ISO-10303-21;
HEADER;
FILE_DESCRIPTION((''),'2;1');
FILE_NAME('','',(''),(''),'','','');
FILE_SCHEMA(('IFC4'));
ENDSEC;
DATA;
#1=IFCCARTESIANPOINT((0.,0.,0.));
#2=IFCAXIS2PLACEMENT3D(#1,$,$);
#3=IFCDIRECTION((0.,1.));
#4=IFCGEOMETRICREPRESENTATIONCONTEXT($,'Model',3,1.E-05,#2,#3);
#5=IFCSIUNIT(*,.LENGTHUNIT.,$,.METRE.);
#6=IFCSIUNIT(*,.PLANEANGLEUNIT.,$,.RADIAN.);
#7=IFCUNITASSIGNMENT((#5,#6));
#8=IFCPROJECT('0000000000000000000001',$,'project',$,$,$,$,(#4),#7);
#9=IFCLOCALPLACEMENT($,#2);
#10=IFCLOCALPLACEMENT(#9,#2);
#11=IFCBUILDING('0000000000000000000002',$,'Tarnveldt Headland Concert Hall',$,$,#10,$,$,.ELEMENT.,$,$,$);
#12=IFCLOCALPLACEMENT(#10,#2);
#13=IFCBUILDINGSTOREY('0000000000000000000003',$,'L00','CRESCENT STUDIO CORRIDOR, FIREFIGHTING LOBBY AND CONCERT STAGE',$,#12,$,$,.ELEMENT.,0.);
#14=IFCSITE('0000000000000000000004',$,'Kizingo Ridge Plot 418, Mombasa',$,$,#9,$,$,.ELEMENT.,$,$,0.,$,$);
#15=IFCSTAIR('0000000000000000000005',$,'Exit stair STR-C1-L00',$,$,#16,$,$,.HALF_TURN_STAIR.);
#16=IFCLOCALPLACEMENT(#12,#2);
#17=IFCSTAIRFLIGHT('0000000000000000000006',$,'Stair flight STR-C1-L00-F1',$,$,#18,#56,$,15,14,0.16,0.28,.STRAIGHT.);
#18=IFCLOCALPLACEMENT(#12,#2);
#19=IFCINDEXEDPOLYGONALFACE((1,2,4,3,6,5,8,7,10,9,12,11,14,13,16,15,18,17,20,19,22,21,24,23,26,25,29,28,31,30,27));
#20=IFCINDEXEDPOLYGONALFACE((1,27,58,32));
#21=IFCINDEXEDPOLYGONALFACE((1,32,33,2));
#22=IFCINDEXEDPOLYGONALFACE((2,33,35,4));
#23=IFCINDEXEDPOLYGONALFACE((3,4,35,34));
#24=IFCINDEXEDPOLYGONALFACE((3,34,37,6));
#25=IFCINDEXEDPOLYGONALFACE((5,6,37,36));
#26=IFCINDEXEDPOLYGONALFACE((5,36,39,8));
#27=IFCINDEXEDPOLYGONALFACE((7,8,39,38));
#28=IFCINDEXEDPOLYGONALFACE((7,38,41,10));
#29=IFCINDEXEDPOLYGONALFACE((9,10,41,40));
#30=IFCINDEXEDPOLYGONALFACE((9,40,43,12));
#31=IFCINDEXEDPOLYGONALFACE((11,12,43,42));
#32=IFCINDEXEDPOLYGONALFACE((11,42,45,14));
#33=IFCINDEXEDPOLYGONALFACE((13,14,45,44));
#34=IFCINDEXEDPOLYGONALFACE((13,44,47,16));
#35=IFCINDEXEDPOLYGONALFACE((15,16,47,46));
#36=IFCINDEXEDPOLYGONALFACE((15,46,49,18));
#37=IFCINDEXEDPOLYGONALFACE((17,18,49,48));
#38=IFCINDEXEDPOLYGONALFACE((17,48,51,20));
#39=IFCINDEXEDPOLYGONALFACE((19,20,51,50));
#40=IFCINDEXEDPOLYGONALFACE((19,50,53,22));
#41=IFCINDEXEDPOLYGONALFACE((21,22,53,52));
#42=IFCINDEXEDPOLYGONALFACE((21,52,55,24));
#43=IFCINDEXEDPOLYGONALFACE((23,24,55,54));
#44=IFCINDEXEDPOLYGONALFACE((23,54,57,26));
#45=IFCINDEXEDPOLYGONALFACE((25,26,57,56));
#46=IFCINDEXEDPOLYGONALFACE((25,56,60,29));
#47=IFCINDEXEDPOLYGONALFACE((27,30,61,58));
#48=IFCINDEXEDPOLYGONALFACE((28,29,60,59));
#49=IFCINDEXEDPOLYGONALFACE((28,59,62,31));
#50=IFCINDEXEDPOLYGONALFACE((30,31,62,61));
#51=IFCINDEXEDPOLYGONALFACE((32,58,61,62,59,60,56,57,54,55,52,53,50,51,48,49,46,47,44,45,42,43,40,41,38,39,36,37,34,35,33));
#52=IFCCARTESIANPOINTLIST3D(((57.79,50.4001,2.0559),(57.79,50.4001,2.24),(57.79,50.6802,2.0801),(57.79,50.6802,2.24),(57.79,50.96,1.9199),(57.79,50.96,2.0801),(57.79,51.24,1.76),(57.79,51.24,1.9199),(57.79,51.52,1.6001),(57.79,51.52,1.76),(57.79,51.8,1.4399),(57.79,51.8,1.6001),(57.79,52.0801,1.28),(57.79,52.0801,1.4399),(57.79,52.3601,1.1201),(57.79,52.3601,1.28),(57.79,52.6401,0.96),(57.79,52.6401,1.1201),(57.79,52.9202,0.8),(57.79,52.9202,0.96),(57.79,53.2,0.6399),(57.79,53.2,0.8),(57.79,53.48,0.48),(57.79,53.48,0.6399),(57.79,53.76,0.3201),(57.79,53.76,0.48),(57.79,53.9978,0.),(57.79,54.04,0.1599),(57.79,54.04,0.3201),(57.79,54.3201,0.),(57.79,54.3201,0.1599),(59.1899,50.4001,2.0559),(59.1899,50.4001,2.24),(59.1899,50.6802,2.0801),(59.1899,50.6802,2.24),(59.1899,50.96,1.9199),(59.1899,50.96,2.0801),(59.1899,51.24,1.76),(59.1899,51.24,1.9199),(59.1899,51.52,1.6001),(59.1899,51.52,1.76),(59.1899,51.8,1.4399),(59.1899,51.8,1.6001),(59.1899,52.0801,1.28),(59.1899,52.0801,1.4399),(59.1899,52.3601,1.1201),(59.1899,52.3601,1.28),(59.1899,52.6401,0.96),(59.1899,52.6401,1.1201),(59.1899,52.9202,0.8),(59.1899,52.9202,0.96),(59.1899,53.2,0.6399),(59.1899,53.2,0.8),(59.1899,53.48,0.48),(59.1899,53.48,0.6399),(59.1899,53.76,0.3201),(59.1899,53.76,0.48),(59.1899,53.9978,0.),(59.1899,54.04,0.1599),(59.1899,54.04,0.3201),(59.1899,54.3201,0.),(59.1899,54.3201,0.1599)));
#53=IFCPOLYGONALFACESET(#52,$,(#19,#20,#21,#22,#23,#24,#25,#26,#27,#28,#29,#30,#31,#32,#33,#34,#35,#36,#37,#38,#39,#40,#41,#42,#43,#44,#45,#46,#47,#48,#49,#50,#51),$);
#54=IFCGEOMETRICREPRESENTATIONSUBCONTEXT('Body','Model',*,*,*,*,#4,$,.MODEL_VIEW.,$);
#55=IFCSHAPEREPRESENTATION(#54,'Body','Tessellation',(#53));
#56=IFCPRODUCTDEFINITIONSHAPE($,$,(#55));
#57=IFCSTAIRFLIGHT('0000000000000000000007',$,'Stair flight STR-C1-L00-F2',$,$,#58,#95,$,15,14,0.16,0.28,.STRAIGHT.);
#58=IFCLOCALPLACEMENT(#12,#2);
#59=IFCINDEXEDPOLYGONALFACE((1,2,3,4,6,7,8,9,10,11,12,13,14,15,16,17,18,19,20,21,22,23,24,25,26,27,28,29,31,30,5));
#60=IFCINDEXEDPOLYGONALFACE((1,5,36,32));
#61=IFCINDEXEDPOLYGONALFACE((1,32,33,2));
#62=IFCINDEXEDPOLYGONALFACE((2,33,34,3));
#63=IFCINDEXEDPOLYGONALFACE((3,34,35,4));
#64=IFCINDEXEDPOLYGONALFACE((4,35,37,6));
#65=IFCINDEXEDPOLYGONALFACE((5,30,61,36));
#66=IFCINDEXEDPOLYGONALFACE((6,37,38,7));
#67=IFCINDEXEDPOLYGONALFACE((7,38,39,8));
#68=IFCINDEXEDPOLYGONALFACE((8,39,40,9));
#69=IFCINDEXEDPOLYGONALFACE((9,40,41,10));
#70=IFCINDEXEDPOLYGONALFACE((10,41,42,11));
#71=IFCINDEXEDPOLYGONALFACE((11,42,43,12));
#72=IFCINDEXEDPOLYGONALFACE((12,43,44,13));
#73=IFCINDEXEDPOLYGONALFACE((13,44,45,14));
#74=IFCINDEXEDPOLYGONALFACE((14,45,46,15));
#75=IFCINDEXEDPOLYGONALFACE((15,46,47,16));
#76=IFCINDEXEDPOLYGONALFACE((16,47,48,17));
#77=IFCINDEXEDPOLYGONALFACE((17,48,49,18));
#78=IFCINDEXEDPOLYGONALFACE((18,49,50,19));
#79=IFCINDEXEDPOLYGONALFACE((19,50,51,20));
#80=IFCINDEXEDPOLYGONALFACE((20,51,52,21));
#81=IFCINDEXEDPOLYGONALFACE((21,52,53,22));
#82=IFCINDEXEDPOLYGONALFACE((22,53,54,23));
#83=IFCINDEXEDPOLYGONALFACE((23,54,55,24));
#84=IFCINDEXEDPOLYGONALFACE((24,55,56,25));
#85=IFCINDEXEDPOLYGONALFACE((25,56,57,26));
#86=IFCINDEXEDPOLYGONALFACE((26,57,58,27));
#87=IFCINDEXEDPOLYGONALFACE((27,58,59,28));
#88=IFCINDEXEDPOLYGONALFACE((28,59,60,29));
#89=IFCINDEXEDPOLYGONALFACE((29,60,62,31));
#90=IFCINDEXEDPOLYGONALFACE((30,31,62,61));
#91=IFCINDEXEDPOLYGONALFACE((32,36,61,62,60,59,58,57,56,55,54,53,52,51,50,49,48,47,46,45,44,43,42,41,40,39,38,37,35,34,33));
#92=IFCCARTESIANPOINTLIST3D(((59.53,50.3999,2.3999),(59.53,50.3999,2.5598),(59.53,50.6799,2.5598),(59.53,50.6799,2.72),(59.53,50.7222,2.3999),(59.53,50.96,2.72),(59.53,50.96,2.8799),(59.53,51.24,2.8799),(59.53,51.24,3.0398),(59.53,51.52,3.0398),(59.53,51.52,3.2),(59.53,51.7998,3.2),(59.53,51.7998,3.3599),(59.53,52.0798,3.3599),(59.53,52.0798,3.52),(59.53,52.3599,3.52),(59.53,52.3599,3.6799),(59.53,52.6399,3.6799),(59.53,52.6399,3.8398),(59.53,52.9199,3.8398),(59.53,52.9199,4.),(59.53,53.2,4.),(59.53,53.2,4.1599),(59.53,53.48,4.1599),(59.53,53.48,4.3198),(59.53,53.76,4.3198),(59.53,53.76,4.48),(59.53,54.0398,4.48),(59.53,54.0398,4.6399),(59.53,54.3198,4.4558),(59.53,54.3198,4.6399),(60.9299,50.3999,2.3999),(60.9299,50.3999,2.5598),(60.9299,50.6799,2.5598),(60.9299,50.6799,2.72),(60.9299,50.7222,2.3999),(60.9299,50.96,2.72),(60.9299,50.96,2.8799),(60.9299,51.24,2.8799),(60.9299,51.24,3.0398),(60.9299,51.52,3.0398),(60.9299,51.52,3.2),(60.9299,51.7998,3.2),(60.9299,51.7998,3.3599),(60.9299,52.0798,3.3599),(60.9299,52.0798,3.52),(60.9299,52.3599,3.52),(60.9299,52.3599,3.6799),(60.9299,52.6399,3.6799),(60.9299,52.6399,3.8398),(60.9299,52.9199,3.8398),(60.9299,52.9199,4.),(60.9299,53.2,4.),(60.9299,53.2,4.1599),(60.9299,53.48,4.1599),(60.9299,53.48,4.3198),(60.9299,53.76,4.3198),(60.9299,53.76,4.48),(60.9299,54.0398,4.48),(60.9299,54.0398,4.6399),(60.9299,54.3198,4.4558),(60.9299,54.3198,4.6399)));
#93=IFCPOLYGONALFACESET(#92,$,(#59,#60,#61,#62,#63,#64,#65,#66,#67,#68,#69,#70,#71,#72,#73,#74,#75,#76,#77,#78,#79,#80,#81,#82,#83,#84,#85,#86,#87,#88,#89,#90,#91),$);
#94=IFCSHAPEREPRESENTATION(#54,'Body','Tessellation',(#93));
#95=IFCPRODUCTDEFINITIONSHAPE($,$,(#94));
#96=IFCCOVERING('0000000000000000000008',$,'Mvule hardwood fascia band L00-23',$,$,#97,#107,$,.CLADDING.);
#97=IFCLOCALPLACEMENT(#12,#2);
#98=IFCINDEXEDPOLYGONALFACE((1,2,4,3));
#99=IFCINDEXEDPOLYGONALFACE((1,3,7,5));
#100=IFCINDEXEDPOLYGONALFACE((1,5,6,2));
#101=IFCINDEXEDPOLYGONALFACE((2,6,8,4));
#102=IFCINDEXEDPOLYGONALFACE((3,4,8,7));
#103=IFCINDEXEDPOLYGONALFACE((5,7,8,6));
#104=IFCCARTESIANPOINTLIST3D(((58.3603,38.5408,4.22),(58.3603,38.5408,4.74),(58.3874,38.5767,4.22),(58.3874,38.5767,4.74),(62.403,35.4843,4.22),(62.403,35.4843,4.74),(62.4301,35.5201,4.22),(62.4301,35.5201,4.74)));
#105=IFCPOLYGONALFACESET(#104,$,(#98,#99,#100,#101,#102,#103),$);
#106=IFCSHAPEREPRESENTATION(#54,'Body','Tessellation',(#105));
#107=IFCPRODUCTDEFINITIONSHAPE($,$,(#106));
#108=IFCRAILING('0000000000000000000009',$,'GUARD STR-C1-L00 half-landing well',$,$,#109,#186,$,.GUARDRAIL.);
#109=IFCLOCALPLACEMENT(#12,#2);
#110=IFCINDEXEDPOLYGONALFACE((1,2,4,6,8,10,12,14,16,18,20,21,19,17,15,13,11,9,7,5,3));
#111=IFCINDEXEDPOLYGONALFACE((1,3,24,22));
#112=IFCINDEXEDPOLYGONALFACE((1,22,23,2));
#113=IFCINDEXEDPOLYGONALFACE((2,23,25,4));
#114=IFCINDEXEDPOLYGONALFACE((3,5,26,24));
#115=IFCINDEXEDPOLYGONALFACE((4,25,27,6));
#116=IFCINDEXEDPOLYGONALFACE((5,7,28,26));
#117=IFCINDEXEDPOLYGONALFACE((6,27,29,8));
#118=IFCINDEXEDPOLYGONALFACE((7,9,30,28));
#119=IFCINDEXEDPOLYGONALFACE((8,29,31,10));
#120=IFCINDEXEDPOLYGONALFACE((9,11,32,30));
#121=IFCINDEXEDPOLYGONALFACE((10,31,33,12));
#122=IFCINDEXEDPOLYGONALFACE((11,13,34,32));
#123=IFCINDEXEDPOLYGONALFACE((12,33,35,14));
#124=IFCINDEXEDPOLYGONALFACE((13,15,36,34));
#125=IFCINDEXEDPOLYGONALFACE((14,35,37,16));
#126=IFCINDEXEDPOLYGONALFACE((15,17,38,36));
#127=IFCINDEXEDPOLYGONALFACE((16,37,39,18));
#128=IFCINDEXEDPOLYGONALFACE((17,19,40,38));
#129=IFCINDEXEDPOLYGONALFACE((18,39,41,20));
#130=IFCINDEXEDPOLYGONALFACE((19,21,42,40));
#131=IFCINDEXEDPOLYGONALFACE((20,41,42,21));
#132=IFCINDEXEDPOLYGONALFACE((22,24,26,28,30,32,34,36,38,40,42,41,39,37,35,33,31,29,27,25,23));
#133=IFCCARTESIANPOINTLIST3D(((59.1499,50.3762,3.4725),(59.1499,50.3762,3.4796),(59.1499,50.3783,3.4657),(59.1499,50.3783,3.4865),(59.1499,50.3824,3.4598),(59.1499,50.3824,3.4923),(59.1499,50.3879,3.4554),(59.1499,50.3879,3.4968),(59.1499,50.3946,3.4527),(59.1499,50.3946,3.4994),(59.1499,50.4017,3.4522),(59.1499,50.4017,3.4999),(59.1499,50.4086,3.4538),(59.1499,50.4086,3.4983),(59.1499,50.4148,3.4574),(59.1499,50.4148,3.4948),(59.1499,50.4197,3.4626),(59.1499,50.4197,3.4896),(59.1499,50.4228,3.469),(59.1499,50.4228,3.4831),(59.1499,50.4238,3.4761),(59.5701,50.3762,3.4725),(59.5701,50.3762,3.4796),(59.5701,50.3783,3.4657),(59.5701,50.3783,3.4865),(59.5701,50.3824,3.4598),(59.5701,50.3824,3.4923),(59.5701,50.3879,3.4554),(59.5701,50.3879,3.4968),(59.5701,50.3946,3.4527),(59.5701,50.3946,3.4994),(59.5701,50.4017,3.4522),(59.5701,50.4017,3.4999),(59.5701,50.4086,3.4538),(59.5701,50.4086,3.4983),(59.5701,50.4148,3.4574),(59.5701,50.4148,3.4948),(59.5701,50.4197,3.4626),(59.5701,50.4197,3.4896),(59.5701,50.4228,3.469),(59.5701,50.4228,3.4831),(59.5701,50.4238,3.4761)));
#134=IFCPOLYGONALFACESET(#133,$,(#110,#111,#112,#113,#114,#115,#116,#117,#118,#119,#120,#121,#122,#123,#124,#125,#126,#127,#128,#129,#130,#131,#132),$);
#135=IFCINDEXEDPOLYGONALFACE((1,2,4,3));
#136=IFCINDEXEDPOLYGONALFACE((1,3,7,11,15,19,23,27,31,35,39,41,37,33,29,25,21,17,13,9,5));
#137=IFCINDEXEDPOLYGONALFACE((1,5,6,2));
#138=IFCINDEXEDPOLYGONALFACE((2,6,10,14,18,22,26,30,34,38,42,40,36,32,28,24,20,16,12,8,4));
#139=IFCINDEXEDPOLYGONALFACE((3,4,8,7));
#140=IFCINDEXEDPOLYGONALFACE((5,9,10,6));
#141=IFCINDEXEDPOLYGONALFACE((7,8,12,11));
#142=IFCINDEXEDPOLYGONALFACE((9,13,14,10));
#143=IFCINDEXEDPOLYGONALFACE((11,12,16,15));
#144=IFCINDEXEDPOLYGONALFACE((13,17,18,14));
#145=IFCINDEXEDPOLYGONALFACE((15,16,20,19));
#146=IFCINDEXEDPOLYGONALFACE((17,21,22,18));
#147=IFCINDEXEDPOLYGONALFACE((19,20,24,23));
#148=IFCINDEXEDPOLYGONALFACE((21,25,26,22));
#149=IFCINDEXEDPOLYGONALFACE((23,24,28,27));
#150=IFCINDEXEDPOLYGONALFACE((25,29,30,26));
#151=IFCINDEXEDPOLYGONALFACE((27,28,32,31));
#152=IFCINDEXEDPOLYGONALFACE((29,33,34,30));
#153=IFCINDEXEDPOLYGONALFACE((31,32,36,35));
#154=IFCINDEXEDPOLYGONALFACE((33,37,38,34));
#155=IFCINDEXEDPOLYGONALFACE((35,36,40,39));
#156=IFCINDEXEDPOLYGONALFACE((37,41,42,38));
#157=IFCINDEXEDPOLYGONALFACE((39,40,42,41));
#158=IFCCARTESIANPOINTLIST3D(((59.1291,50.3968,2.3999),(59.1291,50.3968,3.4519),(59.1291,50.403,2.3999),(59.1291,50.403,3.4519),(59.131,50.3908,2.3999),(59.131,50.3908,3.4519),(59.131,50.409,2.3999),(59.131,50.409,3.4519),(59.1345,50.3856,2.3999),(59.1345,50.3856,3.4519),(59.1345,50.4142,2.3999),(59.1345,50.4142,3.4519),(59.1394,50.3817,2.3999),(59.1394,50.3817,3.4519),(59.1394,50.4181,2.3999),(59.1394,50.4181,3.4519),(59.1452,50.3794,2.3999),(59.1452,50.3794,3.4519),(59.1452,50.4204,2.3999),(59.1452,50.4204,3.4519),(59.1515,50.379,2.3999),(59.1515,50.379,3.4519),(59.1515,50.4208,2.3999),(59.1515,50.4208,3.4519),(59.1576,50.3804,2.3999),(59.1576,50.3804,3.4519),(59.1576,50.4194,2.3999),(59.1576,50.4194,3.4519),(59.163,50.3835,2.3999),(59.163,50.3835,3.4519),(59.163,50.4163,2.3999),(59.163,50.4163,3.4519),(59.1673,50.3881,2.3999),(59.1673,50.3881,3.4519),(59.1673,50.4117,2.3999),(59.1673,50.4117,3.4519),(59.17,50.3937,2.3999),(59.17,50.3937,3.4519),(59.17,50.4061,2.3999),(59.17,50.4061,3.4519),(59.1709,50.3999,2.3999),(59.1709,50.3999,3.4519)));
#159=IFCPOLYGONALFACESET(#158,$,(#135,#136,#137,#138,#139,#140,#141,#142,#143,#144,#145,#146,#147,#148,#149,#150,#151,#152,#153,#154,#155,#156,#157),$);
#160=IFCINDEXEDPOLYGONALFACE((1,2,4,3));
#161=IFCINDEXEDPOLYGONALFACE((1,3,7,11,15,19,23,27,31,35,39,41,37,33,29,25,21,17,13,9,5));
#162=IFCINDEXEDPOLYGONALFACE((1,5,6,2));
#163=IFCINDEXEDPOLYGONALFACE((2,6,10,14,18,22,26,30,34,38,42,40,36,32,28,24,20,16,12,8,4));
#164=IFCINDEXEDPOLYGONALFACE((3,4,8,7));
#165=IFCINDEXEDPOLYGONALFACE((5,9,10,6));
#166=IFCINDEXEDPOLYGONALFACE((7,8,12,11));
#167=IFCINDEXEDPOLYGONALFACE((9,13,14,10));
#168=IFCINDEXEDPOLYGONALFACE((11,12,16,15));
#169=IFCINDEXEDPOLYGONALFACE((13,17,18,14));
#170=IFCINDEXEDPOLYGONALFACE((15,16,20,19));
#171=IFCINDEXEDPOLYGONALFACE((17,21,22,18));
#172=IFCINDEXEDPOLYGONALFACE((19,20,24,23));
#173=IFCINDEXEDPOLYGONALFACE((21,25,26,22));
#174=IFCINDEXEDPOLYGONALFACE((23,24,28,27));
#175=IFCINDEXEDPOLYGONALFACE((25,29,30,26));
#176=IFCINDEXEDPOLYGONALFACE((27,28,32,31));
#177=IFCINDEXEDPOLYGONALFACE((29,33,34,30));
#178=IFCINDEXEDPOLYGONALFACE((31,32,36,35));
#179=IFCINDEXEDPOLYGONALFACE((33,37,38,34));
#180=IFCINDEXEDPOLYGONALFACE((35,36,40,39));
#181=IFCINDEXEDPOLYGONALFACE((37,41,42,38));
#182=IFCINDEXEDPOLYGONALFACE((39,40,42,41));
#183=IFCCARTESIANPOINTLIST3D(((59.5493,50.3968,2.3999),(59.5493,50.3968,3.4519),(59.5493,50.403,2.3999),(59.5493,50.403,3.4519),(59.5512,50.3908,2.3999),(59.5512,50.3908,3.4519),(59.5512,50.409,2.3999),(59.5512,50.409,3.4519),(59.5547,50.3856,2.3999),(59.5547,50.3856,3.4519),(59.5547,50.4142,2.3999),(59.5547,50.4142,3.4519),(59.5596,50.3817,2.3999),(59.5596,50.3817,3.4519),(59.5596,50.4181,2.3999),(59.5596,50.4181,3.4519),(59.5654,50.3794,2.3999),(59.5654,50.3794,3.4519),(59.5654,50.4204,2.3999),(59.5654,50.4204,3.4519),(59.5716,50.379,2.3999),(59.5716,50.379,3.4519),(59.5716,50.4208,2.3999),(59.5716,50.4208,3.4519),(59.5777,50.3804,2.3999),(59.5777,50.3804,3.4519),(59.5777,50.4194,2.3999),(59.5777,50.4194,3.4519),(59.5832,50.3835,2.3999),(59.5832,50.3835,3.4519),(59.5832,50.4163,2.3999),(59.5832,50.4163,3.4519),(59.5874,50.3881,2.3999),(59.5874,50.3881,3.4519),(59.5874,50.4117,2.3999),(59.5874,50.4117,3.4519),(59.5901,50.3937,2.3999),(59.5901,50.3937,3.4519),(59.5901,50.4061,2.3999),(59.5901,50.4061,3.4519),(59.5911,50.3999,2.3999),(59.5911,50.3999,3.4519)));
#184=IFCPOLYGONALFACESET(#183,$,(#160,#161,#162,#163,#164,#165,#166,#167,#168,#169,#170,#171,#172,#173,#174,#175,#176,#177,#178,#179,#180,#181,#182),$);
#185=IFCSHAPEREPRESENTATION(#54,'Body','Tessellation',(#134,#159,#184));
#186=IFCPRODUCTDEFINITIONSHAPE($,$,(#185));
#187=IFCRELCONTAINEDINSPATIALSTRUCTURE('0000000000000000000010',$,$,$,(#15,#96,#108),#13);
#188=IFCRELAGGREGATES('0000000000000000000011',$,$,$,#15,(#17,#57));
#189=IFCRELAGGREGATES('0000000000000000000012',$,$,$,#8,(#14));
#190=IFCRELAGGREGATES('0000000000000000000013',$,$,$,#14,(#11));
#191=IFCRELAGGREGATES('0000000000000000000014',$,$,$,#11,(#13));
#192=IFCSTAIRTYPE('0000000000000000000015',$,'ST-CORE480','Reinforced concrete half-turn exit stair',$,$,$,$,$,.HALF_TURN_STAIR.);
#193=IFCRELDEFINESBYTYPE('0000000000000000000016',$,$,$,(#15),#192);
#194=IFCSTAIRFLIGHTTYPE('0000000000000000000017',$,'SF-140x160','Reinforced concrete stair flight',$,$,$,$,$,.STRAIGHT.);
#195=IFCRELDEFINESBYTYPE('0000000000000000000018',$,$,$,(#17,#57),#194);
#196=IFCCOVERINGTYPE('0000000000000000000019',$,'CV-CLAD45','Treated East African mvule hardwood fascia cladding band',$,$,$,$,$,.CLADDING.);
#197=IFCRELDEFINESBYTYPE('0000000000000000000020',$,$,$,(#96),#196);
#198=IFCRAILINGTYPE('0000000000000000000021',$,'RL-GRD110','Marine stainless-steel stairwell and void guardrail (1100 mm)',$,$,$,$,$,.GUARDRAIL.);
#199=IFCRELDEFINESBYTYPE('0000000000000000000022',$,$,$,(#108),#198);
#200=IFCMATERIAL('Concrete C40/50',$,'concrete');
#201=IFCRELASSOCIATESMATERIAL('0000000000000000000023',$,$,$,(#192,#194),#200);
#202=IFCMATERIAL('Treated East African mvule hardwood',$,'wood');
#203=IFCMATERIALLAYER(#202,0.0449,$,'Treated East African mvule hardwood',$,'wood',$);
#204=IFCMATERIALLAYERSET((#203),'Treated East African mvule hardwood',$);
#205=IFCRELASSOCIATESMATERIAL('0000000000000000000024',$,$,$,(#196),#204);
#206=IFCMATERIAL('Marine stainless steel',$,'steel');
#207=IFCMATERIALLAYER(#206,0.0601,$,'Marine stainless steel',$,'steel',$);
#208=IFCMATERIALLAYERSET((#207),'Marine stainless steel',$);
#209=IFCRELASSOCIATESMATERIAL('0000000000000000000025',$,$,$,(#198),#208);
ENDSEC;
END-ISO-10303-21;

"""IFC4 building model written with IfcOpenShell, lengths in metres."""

from ifc_helpers import new_model, si_unit, direction, frame, frame_2d, origin, origin_2d, place, context, subcontext, project, spatial, polyline, rectangle, circle, outline, extrude, material, layer, layer_set, type_object, element, aggregate, save


model = new_model("IFC4")

# Units and contexts
model_context = context("Model", 3, precision=1e-05, world=origin(), true_north=direction((0.0, 1.0)))
body_context = subcontext(model_context, "Body", "Model", "MODEL_VIEW")
ifc_project = project(units=[si_unit("LENGTHUNIT", "METRE"), si_unit("PLANEANGLEUNIT", "RADIAN")], contexts=[model_context])

# Site, building, storey
site_placement = place(None, origin())
site = spatial("IfcSite", under=ifc_project, at=site_placement, Name="Kizingo Ridge Plot 418, Mombasa", CompositionType="ELEMENT", RefElevation=0.0)
building_placement = place(site_placement, origin())
building = spatial("IfcBuilding", under=site, at=building_placement, Name="Tarnveldt Headland Concert Hall", CompositionType="ELEMENT")
storey_placement = place(building_placement, origin())
storey = spatial("IfcBuildingStorey", under=building, at=storey_placement, Name="L00", Description="CRESCENT STUDIO CORRIDOR, FIREFIGHTING LOBBY AND CONCERT STAGE", CompositionType="ELEMENT", Elevation=0.0)

# Shared definitions
ifc_material_1 = material(Name="Concrete C40/50", Category="concrete")

# Stair, stair flights
stair_type = type_object("IfcStairType", Name="ST-CORE480", Description="Reinforced concrete half-turn exit stair", PredefinedType="HALF_TURN_STAIR", material=ifc_material_1)
stair_placement = place(storey_placement, origin())
stair = element("IfcStair", 1, at=stair_placement, inside=storey, type_object=stair_type, Name="Exit stair STR-C1-L00", PredefinedType="HALF_TURN_STAIR")
stair_flight_type = type_object("IfcStairFlightType", Name="SF-140x160", Description="Reinforced concrete stair flight", PredefinedType="STRAIGHT", material=ifc_material_1)
stair_flight_1_placement = place(storey_placement, frame((58.49, 54.3201, 0.0), z_axis=(0.0, 0.0, 1.0), x_axis=(0.0, -1.0, 0.0)))
stair_flight_1 = element("IfcStairFlight", 2, at=stair_flight_1_placement, type_object=stair_flight_type, Name="Stair flight STR-C1-L00-F1", NumberOfRisers=15, NumberOfTreads=14, PredefinedType="STRAIGHT", RiserHeight=0.16, TreadLength=0.28, context=body_context, shape_type="SweptSolid", body=[
    extrude(outline(polyline([(0.0, 0.0), (0.0, 0.1599), (0.28, 0.1599), (0.28, 0.3201), (0.5601, 0.3201), (0.5601, 0.48), (0.8401, 0.48), (0.8401, 0.6399), (1.1201, 0.6399), (1.1201, 0.8), (1.3999, 0.8), (1.3999, 0.96), (1.6799, 0.96), (1.6799, 1.1201), (1.96, 1.1201), (1.96, 1.28), (2.24, 1.28), (2.24, 1.4399), (2.52, 1.4399), (2.52, 1.6001), (2.8, 1.6001), (2.8, 1.76), (3.0801, 1.76), (3.0801, 1.9199), (3.3601, 1.9199), (3.3601, 2.0801), (3.6399, 2.0801), (3.6399, 2.24), (3.9199, 2.24), (3.9199, 2.3999), (3.9199, 2.0559), (0.3223, 0.0), (0.0, 0.0)])), frame((0.0, 0.7, 0.0), z_axis=(0.0, -1.0, 0.0), x_axis=(1.0, 0.0, 0.0)), (0.0, 0.0, 1.0), 1.3999),
])
stair_flight_2_placement = place(storey_placement, frame((60.23, 50.3999, 2.3999), z_axis=(0.0, 0.0, 1.0), x_axis=(0.0, 1.0, 0.0)))
stair_flight_2 = element("IfcStairFlight", 3, at=stair_flight_2_placement, type_object=stair_flight_type, Name="Stair flight STR-C1-L00-F2", NumberOfRisers=15, NumberOfTreads=14, PredefinedType="STRAIGHT", RiserHeight=0.16, TreadLength=0.28, context=body_context, shape_type="SweptSolid", body=[
    extrude(outline(polyline([(0.0, 0.0), (0.0, 0.1599), (0.28, 0.1599), (0.28, 0.3201), (0.5601, 0.3201), (0.5601, 0.48), (0.8401, 0.48), (0.8401, 0.6399), (1.1201, 0.6399), (1.1201, 0.8), (1.3999, 0.8), (1.3999, 0.96), (1.6799, 0.96), (1.6799, 1.1201), (1.96, 1.1201), (1.96, 1.28), (2.24, 1.28), (2.24, 1.4399), (2.52, 1.4399), (2.52, 1.6001), (2.8, 1.6001), (2.8, 1.76), (3.0801, 1.76), (3.0801, 1.9199), (3.3601, 1.9199), (3.3601, 2.0801), (3.6399, 2.0801), (3.6399, 2.24), (3.9199, 2.24), (3.9199, 2.3999), (3.9199, 2.0559), (0.3223, 0.0), (0.0, 0.0)])), frame((0.0, 0.7, 0.0), z_axis=(0.0, -1.0, 0.0), x_axis=(1.0, 0.0, 0.0)), (0.0, 0.0, 1.0), 1.3999),
])
aggregate(stair, [stair_flight_1, stair_flight_2])

# Covering
ifc_material_2 = material(Name="Treated East African mvule hardwood", Category="wood")
ifc_layer_1 = layer(ifc_material_2, 0.0449, Name="Treated East African mvule hardwood", Category="wood")
ifc_layer_set_1 = layer_set([ifc_layer_1], Name="Treated East African mvule hardwood")
covering_type = type_object("IfcCoveringType", Name="CV-CLAD45", Description="Treated East African mvule hardwood fascia cladding band", PredefinedType="CLADDING", material=ifc_layer_set_1)
covering_placement = place(storey_placement, frame((58.3738, 38.5588, 4.22), z_axis=(0.0, 0.0, 1.0), x_axis=(0.797664, -0.603102, 0.0)))
element("IfcCovering", 4, at=covering_placement, inside=storey, type_object=covering_type, Name="Mvule hardwood fascia band L00-23", PredefinedType="CLADDING", context=body_context, shape_type="SweptSolid", body=[
    extrude(rectangle(XDim=5.0681, YDim=0.0449, at=frame_2d((2.5342, 0.0))), origin(), (0.0, 0.0, 1.0), 0.52),
])

# Railing
ifc_material_3 = material(Name="Marine stainless steel", Category="steel")
ifc_layer_2 = layer(ifc_material_3, 0.0601, Name="Marine stainless steel", Category="steel")
ifc_layer_set_2 = layer_set([ifc_layer_2], Name="Marine stainless steel")
railing_type_1 = type_object("IfcRailingType", Name="RL-GRD110", Description="Marine stainless-steel stairwell and void guardrail (1100 mm)", PredefinedType="GUARDRAIL", material=ifc_layer_set_2)
railing_1_placement = place(storey_placement, frame((59.1499, 50.3999, 2.3999)))
element("IfcRailing", 5, at=railing_1_placement, inside=storey, type_object=railing_type_1, Name="GUARD STR-C1-L00 half-landing well", PredefinedType="GUARDRAIL", context=body_context, shape_type="SweptSolid", body=[
    extrude(circle(Radius=0.0239, at=origin_2d()), frame((0.0, 0.0, 1.0762), z_axis=(1.0, 0.0, 0.0), x_axis=(0.0, 1.0, 0.0)), (0.0, 0.0, 1.0), 0.4202),
    extrude(circle(Radius=0.021, at=origin_2d()), origin(), (0.0, 0.0, 1.0), 1.052),
    extrude(circle(Radius=0.021, at=origin_2d()), frame((0.4202, 0.0, 0.0)), (0.0, 0.0, 1.0), 1.052),
])

save(model, "model.ifc")
